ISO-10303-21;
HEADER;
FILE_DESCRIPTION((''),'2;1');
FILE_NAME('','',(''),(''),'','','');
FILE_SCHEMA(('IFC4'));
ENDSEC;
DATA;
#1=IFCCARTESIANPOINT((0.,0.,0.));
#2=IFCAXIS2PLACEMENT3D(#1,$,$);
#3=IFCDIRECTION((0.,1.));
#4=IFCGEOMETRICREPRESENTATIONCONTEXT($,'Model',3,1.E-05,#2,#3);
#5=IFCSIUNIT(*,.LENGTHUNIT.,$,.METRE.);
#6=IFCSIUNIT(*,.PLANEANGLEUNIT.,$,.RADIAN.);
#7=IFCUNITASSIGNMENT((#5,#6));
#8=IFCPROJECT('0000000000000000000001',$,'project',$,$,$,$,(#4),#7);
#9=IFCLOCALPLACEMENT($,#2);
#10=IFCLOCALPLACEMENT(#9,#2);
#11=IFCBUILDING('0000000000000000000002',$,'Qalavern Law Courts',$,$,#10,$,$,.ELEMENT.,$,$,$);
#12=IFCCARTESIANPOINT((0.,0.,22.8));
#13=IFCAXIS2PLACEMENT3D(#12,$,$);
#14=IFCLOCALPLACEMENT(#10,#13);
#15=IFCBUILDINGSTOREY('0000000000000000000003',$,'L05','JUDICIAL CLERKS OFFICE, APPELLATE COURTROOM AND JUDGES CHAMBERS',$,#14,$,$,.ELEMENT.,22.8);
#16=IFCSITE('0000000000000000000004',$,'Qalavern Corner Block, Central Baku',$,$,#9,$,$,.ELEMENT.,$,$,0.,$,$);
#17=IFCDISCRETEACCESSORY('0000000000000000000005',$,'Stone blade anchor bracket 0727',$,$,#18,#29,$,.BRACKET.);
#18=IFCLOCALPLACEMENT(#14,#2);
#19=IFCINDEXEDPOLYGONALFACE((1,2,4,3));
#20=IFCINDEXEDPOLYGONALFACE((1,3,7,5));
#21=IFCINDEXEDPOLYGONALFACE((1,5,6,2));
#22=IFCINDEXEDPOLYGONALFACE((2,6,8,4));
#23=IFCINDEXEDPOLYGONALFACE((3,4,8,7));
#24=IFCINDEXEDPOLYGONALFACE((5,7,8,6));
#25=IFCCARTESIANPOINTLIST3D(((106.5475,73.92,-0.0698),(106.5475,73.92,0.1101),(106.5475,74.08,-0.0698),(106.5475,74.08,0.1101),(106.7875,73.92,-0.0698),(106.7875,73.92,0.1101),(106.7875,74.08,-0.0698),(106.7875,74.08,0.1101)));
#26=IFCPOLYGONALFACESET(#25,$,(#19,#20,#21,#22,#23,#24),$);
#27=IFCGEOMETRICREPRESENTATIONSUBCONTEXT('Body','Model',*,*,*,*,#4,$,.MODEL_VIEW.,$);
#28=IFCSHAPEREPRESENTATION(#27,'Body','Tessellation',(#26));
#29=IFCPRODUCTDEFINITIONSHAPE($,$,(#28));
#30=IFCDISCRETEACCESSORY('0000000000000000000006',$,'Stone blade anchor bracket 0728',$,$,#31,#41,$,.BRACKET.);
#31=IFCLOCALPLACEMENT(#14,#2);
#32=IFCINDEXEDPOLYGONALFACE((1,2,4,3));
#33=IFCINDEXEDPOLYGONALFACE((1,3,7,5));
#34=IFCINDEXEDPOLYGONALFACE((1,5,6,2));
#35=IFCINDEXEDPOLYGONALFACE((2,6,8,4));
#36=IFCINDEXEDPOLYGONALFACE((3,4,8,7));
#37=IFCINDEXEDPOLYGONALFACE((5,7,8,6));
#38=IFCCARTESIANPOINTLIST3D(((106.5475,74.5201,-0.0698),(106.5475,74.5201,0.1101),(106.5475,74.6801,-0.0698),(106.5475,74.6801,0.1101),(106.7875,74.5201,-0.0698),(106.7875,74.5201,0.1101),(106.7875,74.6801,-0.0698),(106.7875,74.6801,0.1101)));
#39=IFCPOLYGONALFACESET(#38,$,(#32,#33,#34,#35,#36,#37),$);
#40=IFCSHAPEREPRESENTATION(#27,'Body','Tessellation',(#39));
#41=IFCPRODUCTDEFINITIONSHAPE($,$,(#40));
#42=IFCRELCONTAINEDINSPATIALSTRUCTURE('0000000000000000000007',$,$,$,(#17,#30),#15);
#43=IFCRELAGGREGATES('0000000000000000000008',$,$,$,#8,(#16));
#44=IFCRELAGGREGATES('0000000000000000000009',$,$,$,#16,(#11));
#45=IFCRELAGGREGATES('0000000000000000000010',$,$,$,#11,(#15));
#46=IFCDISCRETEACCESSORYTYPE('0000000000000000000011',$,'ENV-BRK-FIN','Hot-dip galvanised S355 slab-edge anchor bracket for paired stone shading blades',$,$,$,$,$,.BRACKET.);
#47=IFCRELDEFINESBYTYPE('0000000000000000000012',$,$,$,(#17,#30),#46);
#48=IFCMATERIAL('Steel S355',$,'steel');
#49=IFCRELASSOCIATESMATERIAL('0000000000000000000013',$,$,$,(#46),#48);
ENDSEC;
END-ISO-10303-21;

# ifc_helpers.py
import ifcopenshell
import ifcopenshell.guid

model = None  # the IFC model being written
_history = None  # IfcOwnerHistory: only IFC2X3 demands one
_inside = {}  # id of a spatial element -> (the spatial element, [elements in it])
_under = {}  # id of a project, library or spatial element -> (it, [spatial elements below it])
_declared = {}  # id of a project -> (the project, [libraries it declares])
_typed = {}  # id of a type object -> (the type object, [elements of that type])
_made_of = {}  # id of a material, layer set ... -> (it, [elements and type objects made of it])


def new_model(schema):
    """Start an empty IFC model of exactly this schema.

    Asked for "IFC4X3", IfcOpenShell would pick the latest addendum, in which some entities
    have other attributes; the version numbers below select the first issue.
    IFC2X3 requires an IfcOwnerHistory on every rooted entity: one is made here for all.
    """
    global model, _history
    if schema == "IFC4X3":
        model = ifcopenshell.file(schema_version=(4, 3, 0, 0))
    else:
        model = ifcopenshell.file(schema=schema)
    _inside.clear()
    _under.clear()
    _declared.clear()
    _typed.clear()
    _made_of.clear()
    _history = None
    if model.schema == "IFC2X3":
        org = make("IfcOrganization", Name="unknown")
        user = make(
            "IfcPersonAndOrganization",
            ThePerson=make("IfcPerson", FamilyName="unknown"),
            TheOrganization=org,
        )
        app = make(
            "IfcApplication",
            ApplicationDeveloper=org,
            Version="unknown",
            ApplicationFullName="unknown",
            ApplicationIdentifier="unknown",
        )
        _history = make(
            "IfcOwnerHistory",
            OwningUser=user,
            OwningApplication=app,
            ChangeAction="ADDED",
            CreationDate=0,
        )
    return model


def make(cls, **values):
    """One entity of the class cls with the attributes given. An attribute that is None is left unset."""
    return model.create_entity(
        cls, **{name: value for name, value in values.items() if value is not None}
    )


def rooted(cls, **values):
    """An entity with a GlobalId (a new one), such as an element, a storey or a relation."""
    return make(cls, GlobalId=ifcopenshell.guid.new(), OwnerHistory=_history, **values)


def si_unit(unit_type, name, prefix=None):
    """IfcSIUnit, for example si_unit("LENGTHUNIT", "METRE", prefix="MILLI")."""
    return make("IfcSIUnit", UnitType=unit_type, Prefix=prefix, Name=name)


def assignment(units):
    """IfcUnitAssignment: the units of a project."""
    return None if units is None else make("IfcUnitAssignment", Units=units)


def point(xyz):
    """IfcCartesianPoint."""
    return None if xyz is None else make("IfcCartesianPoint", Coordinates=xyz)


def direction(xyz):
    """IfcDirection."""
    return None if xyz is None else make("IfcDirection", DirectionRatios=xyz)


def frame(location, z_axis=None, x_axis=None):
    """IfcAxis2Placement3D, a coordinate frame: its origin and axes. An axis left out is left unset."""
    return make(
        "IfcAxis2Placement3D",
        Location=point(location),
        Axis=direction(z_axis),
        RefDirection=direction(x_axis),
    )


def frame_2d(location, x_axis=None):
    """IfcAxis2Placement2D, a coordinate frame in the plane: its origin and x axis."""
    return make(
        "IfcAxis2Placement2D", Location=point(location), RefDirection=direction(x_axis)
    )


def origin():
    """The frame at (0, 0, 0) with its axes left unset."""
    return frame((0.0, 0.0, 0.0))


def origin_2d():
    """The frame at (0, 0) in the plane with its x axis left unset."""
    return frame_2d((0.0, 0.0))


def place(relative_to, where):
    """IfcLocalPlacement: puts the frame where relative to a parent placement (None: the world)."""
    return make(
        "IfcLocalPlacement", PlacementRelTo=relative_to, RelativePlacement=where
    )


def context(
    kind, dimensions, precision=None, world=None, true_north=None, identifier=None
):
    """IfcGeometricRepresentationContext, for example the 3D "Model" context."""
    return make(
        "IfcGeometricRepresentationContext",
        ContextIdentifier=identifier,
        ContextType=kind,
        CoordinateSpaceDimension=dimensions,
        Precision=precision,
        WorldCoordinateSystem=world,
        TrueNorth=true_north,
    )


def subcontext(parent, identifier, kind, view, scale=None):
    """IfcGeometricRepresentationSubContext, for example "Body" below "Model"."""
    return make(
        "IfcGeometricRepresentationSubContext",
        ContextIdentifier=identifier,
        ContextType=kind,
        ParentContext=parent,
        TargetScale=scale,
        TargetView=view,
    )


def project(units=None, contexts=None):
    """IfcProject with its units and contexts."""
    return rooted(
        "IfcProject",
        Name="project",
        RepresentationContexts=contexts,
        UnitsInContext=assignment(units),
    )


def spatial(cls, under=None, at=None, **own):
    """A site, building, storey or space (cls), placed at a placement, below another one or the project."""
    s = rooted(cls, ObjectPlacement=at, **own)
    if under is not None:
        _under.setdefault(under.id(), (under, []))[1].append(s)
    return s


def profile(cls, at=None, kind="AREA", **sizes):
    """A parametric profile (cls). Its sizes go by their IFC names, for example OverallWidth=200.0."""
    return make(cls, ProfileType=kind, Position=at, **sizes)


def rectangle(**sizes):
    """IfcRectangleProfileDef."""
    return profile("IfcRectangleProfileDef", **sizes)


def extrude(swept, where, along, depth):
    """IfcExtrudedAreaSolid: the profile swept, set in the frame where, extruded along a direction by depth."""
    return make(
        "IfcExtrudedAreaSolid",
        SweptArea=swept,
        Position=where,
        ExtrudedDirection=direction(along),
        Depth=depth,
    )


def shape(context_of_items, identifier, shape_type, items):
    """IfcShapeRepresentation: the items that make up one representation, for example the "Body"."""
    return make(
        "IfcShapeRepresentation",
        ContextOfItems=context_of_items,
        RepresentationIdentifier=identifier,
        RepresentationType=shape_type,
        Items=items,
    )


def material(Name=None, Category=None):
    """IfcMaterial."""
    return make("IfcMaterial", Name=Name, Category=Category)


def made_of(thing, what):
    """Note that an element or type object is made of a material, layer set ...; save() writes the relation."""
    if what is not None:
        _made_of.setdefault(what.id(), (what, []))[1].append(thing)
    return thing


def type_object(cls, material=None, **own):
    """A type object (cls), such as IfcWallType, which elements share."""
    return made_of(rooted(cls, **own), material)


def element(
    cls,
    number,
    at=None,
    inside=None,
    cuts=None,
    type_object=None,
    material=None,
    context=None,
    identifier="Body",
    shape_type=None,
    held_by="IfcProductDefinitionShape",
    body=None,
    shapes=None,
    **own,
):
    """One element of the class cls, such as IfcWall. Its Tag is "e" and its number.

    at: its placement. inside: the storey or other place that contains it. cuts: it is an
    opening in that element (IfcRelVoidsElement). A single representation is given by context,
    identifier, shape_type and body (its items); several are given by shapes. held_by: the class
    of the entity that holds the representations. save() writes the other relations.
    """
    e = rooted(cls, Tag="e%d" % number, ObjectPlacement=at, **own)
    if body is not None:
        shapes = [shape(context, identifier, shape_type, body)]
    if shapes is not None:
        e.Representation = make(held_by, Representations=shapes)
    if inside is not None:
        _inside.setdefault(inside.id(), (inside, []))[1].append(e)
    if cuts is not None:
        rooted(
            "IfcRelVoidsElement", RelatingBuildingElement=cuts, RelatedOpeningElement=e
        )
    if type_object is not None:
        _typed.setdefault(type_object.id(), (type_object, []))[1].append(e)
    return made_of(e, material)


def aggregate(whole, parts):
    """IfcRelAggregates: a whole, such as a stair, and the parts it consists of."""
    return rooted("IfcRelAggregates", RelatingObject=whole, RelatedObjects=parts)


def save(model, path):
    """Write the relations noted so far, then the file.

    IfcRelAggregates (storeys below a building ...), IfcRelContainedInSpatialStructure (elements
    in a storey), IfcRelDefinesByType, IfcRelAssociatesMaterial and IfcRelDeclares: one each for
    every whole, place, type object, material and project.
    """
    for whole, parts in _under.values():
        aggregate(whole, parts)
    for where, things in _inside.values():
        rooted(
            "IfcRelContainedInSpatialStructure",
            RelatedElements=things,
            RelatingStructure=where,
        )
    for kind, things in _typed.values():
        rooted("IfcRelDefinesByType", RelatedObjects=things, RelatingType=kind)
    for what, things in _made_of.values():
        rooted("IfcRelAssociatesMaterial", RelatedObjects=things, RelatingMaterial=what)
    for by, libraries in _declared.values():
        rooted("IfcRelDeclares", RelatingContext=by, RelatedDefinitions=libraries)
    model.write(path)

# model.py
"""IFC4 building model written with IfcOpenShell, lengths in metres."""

from ifc_helpers import new_model, si_unit, direction, frame, origin, origin_2d, place, context, subcontext, project, spatial, rectangle, extrude, material, type_object, element, save


model = new_model("IFC4")

# Units and contexts
model_context = context("Model", 3, precision=1e-05, world=origin(), true_north=direction((0.0, 1.0)))
body_context = subcontext(model_context, "Body", "Model", "MODEL_VIEW")
ifc_project = project(units=[si_unit("LENGTHUNIT", "METRE"), si_unit("PLANEANGLEUNIT", "RADIAN")], contexts=[model_context])

# Site, building, storey
site_placement = place(None, origin())
site = spatial("IfcSite", under=ifc_project, at=site_placement, Name="Qalavern Corner Block, Central Baku", CompositionType="ELEMENT", RefElevation=0.0)
building_placement = place(site_placement, origin())
building = spatial("IfcBuilding", under=site, at=building_placement, Name="Qalavern Law Courts", CompositionType="ELEMENT")
storey_placement = place(building_placement, frame((0.0, 0.0, 22.8)))
storey = spatial("IfcBuildingStorey", under=building, at=storey_placement, Name="L05", Description="JUDICIAL CLERKS OFFICE, APPELLATE COURTROOM AND JUDGES CHAMBERS", CompositionType="ELEMENT", Elevation=22.8)

# Discrete accessories
ifc_material_1 = material(Name="Steel S355", Category="steel")
discrete_accessory_type = type_object("IfcDiscreteAccessoryType", Name="ENV-BRK-FIN", Description="Hot-dip galvanised S355 slab-edge anchor bracket for paired stone shading blades", PredefinedType="BRACKET", material=ifc_material_1)
for number, where, z_axis, x_axis, name in (
    (1, (106.6675, 74.0, -0.0698), (0.0, 0.0, 1.0), (1.0, 0.0, 0.0), "Stone blade anchor bracket 0727"),
    (2, (106.6675, 74.6001, -0.0698), (0.0, 0.0, 1.0), (1.0, 0.0, 0.0), "Stone blade anchor bracket 0728"),
):
    element("IfcDiscreteAccessory", number, at=place(storey_placement, frame(where, z_axis=z_axis, x_axis=x_axis)), inside=storey, type_object=discrete_accessory_type, Name=name, PredefinedType="BRACKET", context=body_context, shape_type="SweptSolid", body=[
        extrude(rectangle(XDim=0.24, YDim=0.1599, at=origin_2d()), origin(), (0.0, 0.0, 1.0), 0.1799),
    ])

save(model, "model.ifc")
